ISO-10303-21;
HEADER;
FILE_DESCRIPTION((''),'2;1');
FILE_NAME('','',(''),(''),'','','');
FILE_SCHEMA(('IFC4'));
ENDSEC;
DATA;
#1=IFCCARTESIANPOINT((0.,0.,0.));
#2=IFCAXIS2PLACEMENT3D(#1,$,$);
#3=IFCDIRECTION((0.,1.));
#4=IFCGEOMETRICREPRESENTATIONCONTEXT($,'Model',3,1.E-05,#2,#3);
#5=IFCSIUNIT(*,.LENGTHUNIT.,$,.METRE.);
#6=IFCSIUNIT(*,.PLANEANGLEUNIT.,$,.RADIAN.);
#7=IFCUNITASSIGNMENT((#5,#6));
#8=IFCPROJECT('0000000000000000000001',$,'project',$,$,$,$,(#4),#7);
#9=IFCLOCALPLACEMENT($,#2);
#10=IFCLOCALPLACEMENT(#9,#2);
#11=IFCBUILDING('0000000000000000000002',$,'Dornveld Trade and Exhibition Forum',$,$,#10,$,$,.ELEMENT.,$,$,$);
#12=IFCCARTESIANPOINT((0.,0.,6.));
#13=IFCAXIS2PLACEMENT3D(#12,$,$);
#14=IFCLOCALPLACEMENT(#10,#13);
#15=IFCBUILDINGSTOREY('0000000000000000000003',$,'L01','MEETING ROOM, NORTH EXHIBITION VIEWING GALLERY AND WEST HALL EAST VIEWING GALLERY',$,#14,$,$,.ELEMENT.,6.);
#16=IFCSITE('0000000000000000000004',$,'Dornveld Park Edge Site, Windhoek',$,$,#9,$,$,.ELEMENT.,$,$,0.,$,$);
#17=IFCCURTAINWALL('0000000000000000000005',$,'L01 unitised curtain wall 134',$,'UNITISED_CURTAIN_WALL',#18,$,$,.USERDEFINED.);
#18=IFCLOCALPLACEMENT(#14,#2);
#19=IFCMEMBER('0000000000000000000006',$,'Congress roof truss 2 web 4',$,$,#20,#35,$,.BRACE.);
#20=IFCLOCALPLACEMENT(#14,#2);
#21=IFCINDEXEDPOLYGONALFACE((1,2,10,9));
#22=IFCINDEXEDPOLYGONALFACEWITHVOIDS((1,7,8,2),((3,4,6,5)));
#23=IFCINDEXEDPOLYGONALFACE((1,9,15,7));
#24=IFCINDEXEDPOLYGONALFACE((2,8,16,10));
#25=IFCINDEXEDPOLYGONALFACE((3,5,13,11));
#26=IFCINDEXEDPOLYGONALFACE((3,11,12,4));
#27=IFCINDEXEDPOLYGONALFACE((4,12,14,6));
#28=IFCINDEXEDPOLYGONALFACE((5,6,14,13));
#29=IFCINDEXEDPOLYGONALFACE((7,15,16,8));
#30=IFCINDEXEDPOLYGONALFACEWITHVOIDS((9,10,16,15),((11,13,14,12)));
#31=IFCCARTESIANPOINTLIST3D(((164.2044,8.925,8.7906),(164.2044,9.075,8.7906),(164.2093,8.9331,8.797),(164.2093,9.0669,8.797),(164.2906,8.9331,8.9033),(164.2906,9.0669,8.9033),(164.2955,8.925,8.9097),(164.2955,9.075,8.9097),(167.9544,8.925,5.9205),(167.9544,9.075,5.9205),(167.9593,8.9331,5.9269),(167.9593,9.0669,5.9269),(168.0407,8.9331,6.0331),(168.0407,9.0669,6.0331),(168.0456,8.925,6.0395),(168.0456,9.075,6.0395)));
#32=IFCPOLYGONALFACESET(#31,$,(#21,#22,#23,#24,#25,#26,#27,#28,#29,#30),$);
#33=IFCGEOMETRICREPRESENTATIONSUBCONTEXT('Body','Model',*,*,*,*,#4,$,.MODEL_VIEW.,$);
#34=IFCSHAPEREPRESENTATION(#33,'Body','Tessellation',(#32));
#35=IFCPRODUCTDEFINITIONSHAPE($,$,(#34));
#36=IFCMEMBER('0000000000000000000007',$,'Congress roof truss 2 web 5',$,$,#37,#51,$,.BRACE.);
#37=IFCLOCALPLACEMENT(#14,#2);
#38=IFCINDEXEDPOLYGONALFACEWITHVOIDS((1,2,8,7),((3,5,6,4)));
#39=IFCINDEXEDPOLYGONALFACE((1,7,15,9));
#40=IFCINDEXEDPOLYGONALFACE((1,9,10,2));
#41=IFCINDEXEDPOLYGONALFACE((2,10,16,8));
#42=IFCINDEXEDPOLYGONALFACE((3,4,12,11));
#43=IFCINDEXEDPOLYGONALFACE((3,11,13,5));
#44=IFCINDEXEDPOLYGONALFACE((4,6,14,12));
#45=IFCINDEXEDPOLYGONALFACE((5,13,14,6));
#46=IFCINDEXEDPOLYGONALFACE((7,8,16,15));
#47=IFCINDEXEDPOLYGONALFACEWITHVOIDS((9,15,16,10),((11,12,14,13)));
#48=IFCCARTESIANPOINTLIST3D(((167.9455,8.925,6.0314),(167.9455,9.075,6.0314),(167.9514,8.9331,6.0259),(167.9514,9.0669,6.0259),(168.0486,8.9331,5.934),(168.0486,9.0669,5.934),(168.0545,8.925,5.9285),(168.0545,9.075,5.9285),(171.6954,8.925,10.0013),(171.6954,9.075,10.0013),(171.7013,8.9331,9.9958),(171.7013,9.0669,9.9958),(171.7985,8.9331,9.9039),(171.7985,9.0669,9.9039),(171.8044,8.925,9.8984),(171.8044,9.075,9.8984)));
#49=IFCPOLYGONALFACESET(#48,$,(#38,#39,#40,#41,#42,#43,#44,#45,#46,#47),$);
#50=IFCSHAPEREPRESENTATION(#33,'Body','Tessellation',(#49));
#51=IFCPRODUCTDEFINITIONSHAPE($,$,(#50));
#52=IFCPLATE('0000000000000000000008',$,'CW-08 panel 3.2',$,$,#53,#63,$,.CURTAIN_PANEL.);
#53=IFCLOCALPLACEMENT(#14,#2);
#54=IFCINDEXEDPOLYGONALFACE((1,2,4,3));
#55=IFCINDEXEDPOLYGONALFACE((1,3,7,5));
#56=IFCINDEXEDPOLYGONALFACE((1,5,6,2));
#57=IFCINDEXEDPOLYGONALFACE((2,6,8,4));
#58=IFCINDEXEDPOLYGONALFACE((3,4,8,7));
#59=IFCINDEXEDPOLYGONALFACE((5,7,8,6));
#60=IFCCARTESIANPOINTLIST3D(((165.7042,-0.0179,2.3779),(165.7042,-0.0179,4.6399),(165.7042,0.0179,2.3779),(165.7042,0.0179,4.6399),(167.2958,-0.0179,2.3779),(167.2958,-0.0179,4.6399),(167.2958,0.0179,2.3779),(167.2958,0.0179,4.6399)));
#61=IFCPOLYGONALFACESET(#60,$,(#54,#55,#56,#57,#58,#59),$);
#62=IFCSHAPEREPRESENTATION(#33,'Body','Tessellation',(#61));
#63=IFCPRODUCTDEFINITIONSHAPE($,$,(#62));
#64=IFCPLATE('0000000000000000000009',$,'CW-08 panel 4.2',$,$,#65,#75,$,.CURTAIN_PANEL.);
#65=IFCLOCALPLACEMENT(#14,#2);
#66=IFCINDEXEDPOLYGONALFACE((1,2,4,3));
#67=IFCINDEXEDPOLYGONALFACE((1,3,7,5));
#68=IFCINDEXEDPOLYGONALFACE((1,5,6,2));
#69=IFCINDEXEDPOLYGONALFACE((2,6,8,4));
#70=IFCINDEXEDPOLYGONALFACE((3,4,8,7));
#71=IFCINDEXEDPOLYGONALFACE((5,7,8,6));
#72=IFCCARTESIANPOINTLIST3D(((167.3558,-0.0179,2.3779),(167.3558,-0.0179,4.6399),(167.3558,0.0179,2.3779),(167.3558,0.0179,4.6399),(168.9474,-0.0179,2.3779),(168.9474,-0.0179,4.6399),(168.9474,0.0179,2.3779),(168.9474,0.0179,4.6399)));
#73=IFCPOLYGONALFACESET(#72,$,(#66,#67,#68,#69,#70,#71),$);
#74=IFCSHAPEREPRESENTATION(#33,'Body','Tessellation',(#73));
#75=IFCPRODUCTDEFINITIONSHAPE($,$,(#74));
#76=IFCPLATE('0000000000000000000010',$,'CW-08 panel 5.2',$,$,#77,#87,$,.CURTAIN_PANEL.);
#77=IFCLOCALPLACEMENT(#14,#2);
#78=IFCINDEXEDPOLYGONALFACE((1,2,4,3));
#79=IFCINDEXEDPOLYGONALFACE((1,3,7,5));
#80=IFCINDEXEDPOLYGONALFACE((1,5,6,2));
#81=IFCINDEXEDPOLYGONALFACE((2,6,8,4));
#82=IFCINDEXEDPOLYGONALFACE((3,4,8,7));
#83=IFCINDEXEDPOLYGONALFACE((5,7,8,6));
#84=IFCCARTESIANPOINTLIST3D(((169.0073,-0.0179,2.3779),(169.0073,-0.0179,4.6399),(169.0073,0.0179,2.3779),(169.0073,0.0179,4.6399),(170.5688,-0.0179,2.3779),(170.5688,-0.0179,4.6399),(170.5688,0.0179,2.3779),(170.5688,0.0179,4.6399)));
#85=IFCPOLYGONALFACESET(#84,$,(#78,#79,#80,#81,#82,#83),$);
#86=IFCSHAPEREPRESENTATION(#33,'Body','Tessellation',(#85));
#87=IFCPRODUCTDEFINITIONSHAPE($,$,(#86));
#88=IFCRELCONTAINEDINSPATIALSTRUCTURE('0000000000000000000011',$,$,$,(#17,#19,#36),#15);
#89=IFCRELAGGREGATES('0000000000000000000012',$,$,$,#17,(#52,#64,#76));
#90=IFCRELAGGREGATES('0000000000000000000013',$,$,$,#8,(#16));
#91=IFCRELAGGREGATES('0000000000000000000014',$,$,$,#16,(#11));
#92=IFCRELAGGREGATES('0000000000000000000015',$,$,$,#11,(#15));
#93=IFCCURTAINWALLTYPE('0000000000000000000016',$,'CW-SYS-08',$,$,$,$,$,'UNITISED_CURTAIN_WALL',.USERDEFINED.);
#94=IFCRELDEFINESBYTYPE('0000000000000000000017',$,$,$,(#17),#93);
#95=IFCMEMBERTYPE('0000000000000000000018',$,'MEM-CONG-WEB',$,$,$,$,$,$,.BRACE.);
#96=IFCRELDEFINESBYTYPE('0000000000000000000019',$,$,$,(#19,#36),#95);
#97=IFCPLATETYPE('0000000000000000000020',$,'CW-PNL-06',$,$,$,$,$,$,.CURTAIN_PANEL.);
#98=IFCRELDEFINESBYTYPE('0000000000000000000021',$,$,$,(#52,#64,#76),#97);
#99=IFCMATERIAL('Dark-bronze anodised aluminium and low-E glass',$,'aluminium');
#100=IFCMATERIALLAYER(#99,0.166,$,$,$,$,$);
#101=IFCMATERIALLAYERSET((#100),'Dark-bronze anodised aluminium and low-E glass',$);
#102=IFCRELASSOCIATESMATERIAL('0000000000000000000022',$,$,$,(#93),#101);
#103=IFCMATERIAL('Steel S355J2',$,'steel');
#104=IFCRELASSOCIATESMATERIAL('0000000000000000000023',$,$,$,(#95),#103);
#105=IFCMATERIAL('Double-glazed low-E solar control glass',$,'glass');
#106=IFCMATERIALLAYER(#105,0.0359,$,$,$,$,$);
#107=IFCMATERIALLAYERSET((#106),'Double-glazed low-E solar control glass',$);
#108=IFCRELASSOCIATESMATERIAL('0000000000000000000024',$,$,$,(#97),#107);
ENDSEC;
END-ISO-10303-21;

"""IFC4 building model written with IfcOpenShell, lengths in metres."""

from ifc_helpers import new_model, si_unit, direction, frame, origin, origin_2d, place, context, subcontext, project, spatial, rectangle, hollow_rectangle, extrude, material, layer, layer_set, material_profile, profile_set, type_object, element, aggregate, save


model = new_model("IFC4")

# Units and contexts
model_context = context("Model", 3, precision=1e-05, world=origin(), true_north=direction((0.0, 1.0)))
body_context = subcontext(model_context, "Body", "Model", "MODEL_VIEW")
ifc_project = project(units=[si_unit("LENGTHUNIT", "METRE"), si_unit("PLANEANGLEUNIT", "RADIAN")], contexts=[model_context])

# Site, building, storey
site_placement = place(None, origin())
site = spatial("IfcSite", under=ifc_project, at=site_placement, Name="Dornveld Park Edge Site, Windhoek", CompositionType="ELEMENT", RefElevation=0.0)
building_placement = place(site_placement, origin())
building = spatial("IfcBuilding", under=site, at=building_placement, Name="Dornveld Trade and Exhibition Forum", CompositionType="ELEMENT")
storey_placement = place(building_placement, frame((0.0, 0.0, 6.0)))
storey = spatial("IfcBuildingStorey", under=building, at=storey_placement, Name="L01", Description="MEETING ROOM, NORTH EXHIBITION VIEWING GALLERY AND WEST HALL EAST VIEWING GALLERY", CompositionType="ELEMENT", Elevation=6.0)

# Curtain wall
ifc_material_1 = material(Name="Dark-bronze anodised aluminium and low-E glass", Category="aluminium")
ifc_layer_1 = layer(ifc_material_1, 0.166)
ifc_layer_set_1 = layer_set([ifc_layer_1], Name="Dark-bronze anodised aluminium and low-E glass")
curtain_wall_type_1 = type_object("IfcCurtainWallType", Name="CW-SYS-08", ElementType="UNITISED_CURTAIN_WALL", PredefinedType="USERDEFINED", material=ifc_layer_set_1)
curtain_wall_1_placement = place(storey_placement, origin())
curtain_wall_1 = element("IfcCurtainWall", 1, at=curtain_wall_1_placement, inside=storey, type_object=curtain_wall_type_1, Name="L01 unitised curtain wall 134", ObjectType="UNITISED_CURTAIN_WALL", PredefinedType="USERDEFINED")

# Members
ifc_material_2 = material(Name="Steel S355J2", Category="steel")
ifc_material_profile_1 = material_profile(ifc_material_2, hollow_rectangle(XDim=0.1499, YDim=0.1499, WallThickness=0.0081, at=origin_2d()), Name="SHS 150x150x8")
ifc_profile_set_1 = profile_set([ifc_material_profile_1], Name="Steel S355J2")
member_type_1 = type_object("IfcMemberType", Name="MEM-CONG-WEB", PredefinedType="BRACE", material=ifc_profile_set_1)
member_1_placement = place(storey_placement, frame((168.0, 9.0, 5.98), z_axis=(-0.794105, 0.0, 0.60778), x_axis=(0.0, -1.0, 0.0)))
element("IfcMember", 2, at=member_1_placement, inside=storey, type_object=member_type_1, Name="Congress roof truss 2 web 4", PredefinedType="BRACE", context=body_context, shape_type="SweptSolid", body=[
    extrude(hollow_rectangle(XDim=0.1499, YDim=0.1499, WallThickness=0.0081, at=origin_2d()), origin(), (0.0, 0.0, 1.0), 4.7224),
])
member_2_placement = place(storey_placement, frame((168.0, 9.0, 5.98), z_axis=(0.68668, 0.0, 0.72696), x_axis=(0.0, 1.0, 0.0)))
element("IfcMember", 3, at=member_2_placement, inside=storey, type_object=member_type_1, Name="Congress roof truss 2 web 5", PredefinedType="BRACE", context=body_context, shape_type="SweptSolid", body=[
    extrude(hollow_rectangle(XDim=0.1499, YDim=0.1499, WallThickness=0.0081, at=origin_2d()), origin(), (0.0, 0.0, 1.0), 5.4609),
])

# Plates
ifc_material_3 = material(Name="Double-glazed low-E solar control glass", Category="glass")
ifc_layer_2 = layer(ifc_material_3, 0.0359)
ifc_layer_set_2 = layer_set([ifc_layer_2], Name="Double-glazed low-E solar control glass")
plate_type = type_object("IfcPlateType", Name="CW-PNL-06", PredefinedType="CURTAIN_PANEL", material=ifc_layer_set_2)
plate_1_placement = place(storey_placement, frame((166.5, 0.0, 2.3779), z_axis=(0.0, 0.0, 1.0), x_axis=(1.0, 0.0, 0.0)))
plate_1 = element("IfcPlate", 4, at=plate_1_placement, type_object=plate_type, Name="CW-08 panel 3.2", PredefinedType="CURTAIN_PANEL", context=body_context, shape_type="SweptSolid", body=[
    extrude(rectangle(XDim=1.5916, YDim=0.0359, at=origin_2d()), origin(), (0.0, 0.0, 1.0), 2.262),
])
plate_2_placement = place(storey_placement, frame((168.1516, 0.0, 2.3779), z_axis=(0.0, 0.0, 1.0), x_axis=(1.0, 0.0, 0.0)))
plate_2 = element("IfcPlate", 5, at=plate_2_placement, type_object=plate_type, Name="CW-08 panel 4.2", PredefinedType="CURTAIN_PANEL", context=body_context, shape_type="SweptSolid", body=[
    extrude(rectangle(XDim=1.5916, YDim=0.0359, at=origin_2d()), origin(), (0.0, 0.0, 1.0), 2.262),
])
plate_3_placement = place(storey_placement, frame((169.7881, 0.0, 2.3779), z_axis=(0.0, 0.0, 1.0), x_axis=(1.0, 0.0, 0.0)))
plate_3 = element("IfcPlate", 6, at=plate_3_placement, type_object=plate_type, Name="CW-08 panel 5.2", PredefinedType="CURTAIN_PANEL", context=body_context, shape_type="SweptSolid", body=[
    extrude(rectangle(XDim=1.5615, YDim=0.0359, at=origin_2d()), origin(), (0.0, 0.0, 1.0), 2.262),
])
aggregate(curtain_wall_1, [plate_1, plate_2, plate_3])

save(model, "model.ifc")
